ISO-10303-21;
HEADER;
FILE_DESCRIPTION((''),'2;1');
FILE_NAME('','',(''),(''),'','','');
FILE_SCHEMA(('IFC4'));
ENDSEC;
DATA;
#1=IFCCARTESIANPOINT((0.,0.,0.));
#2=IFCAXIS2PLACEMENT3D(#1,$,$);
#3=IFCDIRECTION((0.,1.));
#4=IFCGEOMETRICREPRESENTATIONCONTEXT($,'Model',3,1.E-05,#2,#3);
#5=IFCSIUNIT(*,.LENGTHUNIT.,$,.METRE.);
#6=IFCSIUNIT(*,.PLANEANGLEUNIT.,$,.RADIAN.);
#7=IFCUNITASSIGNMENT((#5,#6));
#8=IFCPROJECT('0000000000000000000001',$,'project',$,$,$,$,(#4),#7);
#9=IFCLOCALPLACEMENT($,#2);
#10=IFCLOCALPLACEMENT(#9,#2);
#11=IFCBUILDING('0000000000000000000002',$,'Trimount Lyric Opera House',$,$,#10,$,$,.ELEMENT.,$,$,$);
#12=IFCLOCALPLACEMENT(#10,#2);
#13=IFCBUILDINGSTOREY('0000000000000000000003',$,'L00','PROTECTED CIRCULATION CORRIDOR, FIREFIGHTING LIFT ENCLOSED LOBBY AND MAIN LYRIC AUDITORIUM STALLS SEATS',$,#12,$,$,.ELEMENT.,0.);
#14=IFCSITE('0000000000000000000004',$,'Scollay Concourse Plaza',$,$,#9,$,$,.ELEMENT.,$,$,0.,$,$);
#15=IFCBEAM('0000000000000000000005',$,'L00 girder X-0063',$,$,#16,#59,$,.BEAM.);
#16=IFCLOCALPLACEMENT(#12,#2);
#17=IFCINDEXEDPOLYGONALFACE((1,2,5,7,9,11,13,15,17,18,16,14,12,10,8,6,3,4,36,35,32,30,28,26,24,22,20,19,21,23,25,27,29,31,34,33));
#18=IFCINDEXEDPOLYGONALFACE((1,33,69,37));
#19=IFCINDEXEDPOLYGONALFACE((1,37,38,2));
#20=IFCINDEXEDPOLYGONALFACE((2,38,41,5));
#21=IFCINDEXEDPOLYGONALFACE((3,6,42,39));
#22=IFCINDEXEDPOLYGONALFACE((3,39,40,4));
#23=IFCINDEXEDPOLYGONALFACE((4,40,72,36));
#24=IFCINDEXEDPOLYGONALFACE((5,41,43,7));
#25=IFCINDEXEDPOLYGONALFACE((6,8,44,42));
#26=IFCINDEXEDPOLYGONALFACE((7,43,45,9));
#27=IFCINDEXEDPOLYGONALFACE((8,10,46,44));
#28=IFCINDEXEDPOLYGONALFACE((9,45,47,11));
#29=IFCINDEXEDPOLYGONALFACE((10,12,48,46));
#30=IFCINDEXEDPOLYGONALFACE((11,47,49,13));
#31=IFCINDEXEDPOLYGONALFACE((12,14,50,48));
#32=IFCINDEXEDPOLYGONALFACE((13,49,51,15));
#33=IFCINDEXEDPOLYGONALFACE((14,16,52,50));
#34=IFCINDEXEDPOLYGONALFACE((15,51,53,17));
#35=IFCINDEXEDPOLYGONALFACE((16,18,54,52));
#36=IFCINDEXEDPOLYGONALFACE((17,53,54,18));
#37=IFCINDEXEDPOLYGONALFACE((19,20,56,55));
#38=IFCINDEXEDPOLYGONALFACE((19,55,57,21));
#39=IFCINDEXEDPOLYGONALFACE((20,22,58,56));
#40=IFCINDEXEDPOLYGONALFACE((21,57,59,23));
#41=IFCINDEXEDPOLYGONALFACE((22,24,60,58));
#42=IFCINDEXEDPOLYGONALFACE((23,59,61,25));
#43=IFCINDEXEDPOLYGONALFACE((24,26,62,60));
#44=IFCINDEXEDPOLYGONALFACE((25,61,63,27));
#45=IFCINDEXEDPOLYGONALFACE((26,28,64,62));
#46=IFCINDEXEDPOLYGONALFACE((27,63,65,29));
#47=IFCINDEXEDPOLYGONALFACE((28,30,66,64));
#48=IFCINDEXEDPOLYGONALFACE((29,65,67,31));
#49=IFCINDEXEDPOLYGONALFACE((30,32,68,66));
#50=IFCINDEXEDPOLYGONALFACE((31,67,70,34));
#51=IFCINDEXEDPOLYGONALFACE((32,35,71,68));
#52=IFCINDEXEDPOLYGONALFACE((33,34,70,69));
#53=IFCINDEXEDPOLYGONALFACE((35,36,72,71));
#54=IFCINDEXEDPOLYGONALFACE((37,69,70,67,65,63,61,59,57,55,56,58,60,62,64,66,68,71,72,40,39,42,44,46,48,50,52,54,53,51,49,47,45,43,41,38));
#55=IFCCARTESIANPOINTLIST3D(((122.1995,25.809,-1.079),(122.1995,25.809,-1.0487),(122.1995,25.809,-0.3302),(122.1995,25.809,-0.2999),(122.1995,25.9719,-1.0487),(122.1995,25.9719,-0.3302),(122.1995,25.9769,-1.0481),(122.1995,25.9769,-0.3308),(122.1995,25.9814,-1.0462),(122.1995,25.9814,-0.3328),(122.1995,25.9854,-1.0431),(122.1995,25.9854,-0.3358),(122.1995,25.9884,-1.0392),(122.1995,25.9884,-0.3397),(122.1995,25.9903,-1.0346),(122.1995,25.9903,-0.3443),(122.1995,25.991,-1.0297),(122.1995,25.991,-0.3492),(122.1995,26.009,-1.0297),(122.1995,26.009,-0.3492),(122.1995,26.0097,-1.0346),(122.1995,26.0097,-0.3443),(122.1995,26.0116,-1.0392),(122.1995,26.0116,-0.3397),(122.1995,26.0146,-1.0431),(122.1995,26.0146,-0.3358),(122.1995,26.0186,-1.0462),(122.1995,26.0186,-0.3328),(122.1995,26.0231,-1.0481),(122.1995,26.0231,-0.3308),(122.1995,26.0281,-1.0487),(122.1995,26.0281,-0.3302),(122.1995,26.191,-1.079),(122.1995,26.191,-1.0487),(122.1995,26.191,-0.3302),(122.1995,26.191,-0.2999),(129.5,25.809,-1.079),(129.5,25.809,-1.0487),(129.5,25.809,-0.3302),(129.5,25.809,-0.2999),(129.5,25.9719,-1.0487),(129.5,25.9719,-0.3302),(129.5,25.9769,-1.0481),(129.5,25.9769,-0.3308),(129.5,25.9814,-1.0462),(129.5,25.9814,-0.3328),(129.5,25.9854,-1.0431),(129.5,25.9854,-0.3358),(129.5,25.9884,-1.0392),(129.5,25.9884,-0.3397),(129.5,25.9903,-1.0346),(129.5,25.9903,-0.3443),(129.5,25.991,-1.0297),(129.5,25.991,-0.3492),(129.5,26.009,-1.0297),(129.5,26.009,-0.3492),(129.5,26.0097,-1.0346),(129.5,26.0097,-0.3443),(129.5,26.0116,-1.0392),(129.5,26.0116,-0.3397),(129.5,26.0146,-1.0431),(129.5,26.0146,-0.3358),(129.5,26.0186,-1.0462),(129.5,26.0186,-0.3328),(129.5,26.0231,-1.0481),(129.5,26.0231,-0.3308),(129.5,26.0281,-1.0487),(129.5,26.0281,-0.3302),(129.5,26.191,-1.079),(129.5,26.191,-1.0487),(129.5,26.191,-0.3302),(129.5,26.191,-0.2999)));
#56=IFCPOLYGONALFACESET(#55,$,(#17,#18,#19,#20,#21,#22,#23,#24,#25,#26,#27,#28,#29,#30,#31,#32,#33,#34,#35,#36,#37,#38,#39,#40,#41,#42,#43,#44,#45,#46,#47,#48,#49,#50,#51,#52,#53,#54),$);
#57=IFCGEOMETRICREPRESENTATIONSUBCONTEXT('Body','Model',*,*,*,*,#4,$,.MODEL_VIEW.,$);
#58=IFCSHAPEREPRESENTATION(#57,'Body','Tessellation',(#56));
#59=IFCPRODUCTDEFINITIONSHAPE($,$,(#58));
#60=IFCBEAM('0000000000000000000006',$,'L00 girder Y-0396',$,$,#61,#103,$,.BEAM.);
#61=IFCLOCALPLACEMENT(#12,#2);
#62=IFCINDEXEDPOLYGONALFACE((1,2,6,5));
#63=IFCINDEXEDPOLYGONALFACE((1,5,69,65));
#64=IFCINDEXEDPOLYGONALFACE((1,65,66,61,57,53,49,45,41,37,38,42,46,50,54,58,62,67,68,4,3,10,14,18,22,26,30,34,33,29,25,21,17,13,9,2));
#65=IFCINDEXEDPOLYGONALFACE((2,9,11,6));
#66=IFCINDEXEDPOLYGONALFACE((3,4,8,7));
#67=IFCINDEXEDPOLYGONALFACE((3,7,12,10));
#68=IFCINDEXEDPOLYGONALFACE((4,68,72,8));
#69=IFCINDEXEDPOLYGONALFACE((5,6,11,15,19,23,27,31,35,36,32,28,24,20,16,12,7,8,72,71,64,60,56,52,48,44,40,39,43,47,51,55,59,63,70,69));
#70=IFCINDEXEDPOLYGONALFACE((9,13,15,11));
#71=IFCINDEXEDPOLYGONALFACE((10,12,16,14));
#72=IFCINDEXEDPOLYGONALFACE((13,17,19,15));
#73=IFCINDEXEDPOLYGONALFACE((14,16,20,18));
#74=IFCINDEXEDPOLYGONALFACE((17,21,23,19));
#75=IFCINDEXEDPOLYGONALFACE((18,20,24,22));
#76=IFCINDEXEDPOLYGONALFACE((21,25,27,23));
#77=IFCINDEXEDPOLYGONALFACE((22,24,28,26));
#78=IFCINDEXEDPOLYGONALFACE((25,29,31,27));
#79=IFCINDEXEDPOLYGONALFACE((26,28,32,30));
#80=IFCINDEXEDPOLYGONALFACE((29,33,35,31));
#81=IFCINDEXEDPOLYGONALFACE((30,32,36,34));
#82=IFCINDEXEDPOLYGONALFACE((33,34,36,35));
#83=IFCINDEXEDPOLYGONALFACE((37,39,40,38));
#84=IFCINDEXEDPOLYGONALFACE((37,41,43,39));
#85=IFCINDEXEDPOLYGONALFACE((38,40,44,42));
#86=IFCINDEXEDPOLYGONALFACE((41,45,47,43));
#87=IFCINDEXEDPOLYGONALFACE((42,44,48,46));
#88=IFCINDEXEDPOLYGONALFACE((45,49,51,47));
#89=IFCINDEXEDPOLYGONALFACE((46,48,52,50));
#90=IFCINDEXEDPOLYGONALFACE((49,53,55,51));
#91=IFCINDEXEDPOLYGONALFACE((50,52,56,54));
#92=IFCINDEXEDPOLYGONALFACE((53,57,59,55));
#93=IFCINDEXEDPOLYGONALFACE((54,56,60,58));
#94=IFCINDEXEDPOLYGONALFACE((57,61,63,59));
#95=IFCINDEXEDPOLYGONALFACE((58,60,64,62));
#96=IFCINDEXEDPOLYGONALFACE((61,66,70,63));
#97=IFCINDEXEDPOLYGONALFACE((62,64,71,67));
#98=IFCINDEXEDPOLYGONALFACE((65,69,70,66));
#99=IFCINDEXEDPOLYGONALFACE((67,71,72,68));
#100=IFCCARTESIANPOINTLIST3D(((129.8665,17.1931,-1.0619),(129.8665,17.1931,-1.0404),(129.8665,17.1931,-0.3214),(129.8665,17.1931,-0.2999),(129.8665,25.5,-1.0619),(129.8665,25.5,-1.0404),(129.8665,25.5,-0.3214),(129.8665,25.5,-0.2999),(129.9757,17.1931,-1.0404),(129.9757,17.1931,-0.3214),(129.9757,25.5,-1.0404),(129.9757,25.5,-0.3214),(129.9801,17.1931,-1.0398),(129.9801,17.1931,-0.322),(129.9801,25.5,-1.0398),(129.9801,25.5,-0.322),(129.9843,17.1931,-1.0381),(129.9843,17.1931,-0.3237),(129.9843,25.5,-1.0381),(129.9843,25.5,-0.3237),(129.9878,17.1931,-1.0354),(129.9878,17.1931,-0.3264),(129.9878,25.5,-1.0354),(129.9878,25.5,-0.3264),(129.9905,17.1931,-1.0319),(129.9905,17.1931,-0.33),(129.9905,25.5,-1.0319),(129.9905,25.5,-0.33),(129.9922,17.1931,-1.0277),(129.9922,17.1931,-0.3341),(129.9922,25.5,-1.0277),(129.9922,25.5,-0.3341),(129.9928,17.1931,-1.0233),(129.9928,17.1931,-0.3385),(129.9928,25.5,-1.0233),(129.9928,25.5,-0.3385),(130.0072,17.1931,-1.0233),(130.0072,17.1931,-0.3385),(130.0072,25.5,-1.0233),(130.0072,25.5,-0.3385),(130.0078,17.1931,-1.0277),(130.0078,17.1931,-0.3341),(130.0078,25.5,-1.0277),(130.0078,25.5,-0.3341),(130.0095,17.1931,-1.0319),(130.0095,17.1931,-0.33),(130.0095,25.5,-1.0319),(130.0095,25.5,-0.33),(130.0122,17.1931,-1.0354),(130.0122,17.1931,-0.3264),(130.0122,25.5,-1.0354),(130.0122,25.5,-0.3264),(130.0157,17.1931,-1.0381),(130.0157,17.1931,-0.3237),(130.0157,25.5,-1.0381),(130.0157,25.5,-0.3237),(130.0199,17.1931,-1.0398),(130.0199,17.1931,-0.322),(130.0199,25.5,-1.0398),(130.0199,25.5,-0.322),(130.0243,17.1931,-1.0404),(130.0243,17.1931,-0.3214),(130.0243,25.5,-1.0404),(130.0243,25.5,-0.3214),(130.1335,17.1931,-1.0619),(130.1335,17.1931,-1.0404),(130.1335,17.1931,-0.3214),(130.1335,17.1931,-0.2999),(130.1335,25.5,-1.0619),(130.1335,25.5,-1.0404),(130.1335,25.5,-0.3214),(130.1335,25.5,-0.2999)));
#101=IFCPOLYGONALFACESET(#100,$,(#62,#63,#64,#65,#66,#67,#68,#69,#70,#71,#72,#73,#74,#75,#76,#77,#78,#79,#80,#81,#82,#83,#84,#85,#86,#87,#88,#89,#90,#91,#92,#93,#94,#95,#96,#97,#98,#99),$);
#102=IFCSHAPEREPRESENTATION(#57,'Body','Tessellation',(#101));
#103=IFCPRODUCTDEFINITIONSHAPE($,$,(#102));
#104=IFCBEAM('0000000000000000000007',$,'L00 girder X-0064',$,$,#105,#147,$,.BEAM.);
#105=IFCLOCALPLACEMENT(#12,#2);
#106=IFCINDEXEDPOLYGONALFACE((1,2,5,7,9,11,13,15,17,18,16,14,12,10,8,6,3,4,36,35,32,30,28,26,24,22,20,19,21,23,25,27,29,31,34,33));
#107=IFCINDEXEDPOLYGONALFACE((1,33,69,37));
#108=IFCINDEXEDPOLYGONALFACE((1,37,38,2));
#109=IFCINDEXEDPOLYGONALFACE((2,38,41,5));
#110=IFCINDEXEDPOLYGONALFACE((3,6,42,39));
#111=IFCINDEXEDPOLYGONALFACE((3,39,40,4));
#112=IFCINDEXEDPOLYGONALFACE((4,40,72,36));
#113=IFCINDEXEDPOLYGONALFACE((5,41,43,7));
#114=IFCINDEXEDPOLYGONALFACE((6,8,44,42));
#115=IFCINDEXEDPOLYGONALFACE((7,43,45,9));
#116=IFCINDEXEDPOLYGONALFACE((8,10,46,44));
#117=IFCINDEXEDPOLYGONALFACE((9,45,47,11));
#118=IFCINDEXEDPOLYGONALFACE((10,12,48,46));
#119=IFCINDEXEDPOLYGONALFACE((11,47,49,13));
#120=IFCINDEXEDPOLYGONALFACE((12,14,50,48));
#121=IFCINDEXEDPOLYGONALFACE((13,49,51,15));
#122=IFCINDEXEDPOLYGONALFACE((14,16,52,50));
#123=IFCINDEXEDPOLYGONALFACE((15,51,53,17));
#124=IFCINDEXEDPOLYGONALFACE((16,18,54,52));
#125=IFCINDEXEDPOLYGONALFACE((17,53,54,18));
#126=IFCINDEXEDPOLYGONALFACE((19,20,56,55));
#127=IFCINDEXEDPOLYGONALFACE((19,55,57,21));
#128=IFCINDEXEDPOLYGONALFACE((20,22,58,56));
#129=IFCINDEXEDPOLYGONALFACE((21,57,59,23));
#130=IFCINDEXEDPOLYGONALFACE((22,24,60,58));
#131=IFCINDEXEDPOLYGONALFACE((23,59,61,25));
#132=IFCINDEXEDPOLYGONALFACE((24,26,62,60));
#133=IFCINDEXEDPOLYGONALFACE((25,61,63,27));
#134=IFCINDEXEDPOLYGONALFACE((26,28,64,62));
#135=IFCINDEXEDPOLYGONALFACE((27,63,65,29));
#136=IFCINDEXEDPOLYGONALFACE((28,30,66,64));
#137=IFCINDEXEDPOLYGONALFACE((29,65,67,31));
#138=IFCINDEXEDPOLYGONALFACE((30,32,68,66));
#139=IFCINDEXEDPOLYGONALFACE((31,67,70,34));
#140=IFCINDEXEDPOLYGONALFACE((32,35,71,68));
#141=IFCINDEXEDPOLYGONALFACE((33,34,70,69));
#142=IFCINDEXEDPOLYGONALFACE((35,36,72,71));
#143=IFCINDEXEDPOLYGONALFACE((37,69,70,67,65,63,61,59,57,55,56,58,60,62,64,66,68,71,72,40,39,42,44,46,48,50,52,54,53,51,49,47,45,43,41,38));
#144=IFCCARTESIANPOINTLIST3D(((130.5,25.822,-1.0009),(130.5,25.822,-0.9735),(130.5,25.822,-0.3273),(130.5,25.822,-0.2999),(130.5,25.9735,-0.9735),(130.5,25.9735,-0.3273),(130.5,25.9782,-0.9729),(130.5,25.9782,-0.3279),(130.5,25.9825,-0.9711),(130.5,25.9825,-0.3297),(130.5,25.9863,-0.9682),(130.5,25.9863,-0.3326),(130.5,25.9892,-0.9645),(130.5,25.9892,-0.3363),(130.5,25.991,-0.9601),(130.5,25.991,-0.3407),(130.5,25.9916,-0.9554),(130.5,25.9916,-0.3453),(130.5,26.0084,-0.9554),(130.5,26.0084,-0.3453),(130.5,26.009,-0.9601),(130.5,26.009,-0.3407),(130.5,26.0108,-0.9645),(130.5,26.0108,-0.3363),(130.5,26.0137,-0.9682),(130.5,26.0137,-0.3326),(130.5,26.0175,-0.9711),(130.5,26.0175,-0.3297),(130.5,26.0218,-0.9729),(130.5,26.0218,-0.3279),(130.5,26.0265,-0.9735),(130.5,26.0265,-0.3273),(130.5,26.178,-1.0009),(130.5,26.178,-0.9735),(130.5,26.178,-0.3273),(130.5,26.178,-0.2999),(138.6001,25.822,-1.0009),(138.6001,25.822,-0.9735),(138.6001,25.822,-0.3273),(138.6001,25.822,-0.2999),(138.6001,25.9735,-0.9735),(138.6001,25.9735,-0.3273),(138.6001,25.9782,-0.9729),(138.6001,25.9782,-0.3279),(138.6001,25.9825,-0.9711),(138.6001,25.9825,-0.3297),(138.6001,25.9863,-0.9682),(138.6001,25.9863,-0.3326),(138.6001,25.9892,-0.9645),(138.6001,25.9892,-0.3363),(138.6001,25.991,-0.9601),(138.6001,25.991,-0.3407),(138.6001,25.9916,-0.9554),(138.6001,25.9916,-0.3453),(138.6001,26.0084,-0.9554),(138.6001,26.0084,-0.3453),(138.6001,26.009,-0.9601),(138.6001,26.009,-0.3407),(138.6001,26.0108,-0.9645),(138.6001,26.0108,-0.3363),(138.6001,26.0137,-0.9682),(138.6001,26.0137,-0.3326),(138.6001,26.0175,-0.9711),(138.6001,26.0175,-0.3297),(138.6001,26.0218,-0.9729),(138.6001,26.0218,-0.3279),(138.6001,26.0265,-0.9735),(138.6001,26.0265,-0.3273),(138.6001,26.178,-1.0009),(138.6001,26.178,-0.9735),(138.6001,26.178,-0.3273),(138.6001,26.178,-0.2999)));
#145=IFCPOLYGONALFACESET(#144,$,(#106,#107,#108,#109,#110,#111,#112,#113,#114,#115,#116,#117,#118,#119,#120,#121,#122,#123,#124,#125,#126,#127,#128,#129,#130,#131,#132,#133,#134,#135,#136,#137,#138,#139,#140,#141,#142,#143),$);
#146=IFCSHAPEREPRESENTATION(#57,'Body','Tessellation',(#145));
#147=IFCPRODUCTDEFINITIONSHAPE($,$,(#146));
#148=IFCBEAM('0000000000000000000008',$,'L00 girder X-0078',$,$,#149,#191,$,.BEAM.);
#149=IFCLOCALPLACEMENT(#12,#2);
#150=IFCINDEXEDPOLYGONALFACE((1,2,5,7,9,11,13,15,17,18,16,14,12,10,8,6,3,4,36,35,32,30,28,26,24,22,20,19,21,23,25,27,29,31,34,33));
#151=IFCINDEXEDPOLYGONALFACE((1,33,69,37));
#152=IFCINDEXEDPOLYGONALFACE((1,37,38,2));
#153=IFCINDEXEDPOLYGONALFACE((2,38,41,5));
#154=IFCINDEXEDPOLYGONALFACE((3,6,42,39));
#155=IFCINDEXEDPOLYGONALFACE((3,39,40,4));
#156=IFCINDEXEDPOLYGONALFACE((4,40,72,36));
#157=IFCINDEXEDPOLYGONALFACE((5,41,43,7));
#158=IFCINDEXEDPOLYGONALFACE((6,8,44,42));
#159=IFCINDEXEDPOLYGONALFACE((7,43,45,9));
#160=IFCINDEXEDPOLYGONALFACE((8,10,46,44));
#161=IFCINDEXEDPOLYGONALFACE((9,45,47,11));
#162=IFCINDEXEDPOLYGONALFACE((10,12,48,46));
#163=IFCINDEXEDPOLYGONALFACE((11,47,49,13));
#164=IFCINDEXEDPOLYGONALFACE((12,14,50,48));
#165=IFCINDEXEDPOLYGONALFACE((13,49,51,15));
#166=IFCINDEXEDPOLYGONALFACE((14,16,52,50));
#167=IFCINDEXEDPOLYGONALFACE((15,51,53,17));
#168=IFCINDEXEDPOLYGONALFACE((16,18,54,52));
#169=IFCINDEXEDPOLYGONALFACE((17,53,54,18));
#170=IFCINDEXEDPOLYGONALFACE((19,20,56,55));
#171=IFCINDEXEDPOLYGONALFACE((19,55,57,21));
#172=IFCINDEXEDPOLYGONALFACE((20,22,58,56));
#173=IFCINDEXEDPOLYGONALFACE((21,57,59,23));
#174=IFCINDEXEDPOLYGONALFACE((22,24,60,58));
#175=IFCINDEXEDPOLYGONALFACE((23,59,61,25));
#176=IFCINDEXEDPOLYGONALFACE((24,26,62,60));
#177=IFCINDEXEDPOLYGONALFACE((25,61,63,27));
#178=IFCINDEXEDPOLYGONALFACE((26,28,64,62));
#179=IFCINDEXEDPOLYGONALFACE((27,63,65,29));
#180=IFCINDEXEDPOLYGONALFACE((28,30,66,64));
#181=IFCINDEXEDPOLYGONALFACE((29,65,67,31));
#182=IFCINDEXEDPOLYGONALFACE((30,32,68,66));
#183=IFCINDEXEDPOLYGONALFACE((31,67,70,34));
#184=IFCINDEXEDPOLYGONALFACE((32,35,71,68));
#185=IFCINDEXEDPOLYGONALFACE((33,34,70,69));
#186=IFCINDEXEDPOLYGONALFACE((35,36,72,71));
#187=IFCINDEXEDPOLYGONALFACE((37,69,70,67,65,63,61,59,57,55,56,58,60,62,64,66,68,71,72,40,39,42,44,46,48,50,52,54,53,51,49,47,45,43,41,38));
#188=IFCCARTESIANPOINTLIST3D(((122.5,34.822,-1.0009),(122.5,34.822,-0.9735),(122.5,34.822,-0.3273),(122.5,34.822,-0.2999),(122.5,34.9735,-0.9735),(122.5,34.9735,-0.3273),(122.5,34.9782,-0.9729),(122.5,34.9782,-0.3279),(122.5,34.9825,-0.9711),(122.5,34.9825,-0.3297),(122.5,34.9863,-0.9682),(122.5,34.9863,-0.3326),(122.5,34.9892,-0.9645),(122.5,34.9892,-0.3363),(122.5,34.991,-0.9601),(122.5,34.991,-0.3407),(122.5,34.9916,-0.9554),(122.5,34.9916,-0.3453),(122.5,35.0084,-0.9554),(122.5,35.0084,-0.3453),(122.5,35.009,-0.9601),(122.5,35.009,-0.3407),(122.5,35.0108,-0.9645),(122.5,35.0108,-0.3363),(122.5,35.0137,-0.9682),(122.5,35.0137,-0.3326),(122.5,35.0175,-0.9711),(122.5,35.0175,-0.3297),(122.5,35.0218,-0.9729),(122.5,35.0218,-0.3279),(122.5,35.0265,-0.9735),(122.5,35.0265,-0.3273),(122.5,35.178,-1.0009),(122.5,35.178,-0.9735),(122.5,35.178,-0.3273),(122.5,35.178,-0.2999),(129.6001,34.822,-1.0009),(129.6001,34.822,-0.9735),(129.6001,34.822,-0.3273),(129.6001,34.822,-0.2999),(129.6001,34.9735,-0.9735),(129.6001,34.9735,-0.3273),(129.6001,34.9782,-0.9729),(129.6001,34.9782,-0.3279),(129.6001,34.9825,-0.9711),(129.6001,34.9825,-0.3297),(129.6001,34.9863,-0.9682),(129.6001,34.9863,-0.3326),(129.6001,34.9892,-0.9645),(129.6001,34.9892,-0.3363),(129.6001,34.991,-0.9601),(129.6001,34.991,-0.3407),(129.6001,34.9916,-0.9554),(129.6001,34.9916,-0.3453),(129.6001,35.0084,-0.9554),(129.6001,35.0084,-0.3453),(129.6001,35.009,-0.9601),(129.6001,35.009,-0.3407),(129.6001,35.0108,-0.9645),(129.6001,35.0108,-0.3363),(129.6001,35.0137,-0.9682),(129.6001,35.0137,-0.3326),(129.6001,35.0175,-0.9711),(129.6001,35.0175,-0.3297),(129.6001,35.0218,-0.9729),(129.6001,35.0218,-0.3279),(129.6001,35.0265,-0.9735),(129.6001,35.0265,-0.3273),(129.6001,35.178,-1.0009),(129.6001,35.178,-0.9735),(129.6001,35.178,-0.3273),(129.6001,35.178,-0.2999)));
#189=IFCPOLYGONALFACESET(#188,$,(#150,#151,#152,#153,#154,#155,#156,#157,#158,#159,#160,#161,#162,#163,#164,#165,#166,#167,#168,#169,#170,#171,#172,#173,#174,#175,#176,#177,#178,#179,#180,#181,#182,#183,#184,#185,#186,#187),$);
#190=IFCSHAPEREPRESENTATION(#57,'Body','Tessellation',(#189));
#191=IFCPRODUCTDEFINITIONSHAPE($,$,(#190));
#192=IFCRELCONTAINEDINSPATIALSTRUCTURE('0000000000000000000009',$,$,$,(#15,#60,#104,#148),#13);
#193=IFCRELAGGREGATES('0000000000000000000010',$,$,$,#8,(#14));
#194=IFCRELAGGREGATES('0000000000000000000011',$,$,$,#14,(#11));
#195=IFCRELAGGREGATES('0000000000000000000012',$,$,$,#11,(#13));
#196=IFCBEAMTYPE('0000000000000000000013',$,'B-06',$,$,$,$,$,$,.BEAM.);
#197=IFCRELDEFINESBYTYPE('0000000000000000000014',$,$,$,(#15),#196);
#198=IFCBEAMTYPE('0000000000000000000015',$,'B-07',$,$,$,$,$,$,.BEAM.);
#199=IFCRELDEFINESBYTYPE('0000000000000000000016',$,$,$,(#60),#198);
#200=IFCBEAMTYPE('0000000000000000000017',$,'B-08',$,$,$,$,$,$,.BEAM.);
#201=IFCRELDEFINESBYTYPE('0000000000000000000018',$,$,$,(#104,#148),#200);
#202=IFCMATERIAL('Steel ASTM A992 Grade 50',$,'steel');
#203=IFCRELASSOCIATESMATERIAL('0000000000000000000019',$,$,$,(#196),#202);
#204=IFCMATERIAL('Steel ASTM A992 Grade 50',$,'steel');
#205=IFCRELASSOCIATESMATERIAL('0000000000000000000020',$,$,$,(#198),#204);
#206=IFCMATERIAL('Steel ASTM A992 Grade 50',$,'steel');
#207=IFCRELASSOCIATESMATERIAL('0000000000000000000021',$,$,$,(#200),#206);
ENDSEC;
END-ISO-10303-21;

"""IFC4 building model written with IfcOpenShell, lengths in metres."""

from ifc_helpers import new_model, si_unit, direction, frame, origin, origin_2d, place, context, subcontext, project, spatial, i_section, extrude, material, material_profile, profile_set, type_object, element, save


model = new_model("IFC4")

# Units and contexts
model_context = context("Model", 3, precision=1e-05, world=origin(), true_north=direction((0.0, 1.0)))
body_context = subcontext(model_context, "Body", "Model", "MODEL_VIEW")
ifc_project = project(units=[si_unit("LENGTHUNIT", "METRE"), si_unit("PLANEANGLEUNIT", "RADIAN")], contexts=[model_context])

# Site, building, storey
site_placement = place(None, origin())
site = spatial("IfcSite", under=ifc_project, at=site_placement, Name="Scollay Concourse Plaza", CompositionType="ELEMENT", RefElevation=0.0)
building_placement = place(site_placement, origin())
building = spatial("IfcBuilding", under=site, at=building_placement, Name="Trimount Lyric Opera House", CompositionType="ELEMENT")
storey_placement = place(building_placement, origin())
storey = spatial("IfcBuildingStorey", under=building, at=storey_placement, Name="L00", Description="PROTECTED CIRCULATION CORRIDOR, FIREFIGHTING LIFT ENCLOSED LOBBY AND MAIN LYRIC AUDITORIUM STALLS SEATS", CompositionType="ELEMENT", Elevation=0.0)

# Beams
ifc_material_1 = material(Name="Steel ASTM A992 Grade 50", Category="steel")
ifc_material_profile_1 = material_profile(ifc_material_1, i_section(OverallWidth=0.3821, OverallDepth=0.7791, WebThickness=0.0181, FlangeThickness=0.0303, FilletRadius=0.019, at=origin_2d()), Name="W30X191")
ifc_profile_set_1 = profile_set([ifc_material_profile_1], Name="Steel ASTM A992 Grade 50")
beam_type_1 = type_object("IfcBeamType", Name="B-06", PredefinedType="BEAM", material=ifc_profile_set_1)
beam_1_placement = place(storey_placement, frame((122.1995, 26.0, -0.6895), z_axis=(1.0, 0.0, 0.0), x_axis=(0.0, 1.0, 0.0)))
element("IfcBeam", 1, at=beam_1_placement, inside=storey, type_object=beam_type_1, Name="L00 girder X-0063", PredefinedType="BEAM", context=body_context, shape_type="SweptSolid", body=[
    extrude(i_section(OverallWidth=0.3821, OverallDepth=0.7791, WebThickness=0.0181, FlangeThickness=0.0303, FilletRadius=0.019, at=origin_2d()), origin(), (0.0, 0.0, 1.0), 7.3005),
])
ifc_material_2 = material(Name="Steel ASTM A992 Grade 50", Category="steel")
ifc_material_profile_2 = material_profile(ifc_material_2, i_section(OverallWidth=0.2671, OverallDepth=0.762, WebThickness=0.0144, FlangeThickness=0.0215, FilletRadius=0.0171, at=origin_2d()), Name="W30X116")
ifc_profile_set_2 = profile_set([ifc_material_profile_2], Name="Steel ASTM A992 Grade 50")
beam_type_2 = type_object("IfcBeamType", Name="B-07", PredefinedType="BEAM", material=ifc_profile_set_2)
beam_2_placement = place(storey_placement, frame((130.0, 17.1931, -0.6809), z_axis=(0.0, 1.0, 0.0), x_axis=(-1.0, 0.0, 0.0)))
element("IfcBeam", 2, at=beam_2_placement, inside=storey, type_object=beam_type_2, Name="L00 girder Y-0396", PredefinedType="BEAM", context=body_context, shape_type="SweptSolid", body=[
    extrude(i_section(OverallWidth=0.2671, OverallDepth=0.762, WebThickness=0.0144, FlangeThickness=0.0215, FilletRadius=0.0171, at=origin_2d()), origin(), (0.0, 0.0, 1.0), 8.3069),
])
ifc_material_3 = material(Name="Steel ASTM A992 Grade 50", Category="steel")
ifc_material_profile_3 = material_profile(ifc_material_3, i_section(OverallWidth=0.356, OverallDepth=0.7009, WebThickness=0.0168, FlangeThickness=0.0273, FilletRadius=0.0181, at=origin_2d()), Name="W27X161")
ifc_profile_set_3 = profile_set([ifc_material_profile_3], Name="Steel ASTM A992 Grade 50")
beam_type_3 = type_object("IfcBeamType", Name="B-08", PredefinedType="BEAM", material=ifc_profile_set_3)
beam_3_placement = place(storey_placement, frame((130.5, 26.0, -0.6504), z_axis=(1.0, 0.0, 0.0), x_axis=(0.0, 1.0, 0.0)))
element("IfcBeam", 3, at=beam_3_placement, inside=storey, type_object=beam_type_3, Name="L00 girder X-0064", PredefinedType="BEAM", context=body_context, shape_type="SweptSolid", body=[
    extrude(i_section(OverallWidth=0.356, OverallDepth=0.7009, WebThickness=0.0168, FlangeThickness=0.0273, FilletRadius=0.0181, at=origin_2d()), origin(), (0.0, 0.0, 1.0), 8.1001),
])
beam_4_placement = place(storey_placement, frame((122.5, 35.0, -0.6504), z_axis=(1.0, 0.0, 0.0), x_axis=(0.0, 1.0, 0.0)))
element("IfcBeam", 4, at=beam_4_placement, inside=storey, type_object=beam_type_3, Name="L00 girder X-0078", PredefinedType="BEAM", context=body_context, shape_type="SweptSolid", body=[
    extrude(i_section(OverallWidth=0.356, OverallDepth=0.7009, WebThickness=0.0168, FlangeThickness=0.0273, FilletRadius=0.0181, at=origin_2d()), origin(), (0.0, 0.0, 1.0), 7.1001),
])

save(model, "model.ifc")
